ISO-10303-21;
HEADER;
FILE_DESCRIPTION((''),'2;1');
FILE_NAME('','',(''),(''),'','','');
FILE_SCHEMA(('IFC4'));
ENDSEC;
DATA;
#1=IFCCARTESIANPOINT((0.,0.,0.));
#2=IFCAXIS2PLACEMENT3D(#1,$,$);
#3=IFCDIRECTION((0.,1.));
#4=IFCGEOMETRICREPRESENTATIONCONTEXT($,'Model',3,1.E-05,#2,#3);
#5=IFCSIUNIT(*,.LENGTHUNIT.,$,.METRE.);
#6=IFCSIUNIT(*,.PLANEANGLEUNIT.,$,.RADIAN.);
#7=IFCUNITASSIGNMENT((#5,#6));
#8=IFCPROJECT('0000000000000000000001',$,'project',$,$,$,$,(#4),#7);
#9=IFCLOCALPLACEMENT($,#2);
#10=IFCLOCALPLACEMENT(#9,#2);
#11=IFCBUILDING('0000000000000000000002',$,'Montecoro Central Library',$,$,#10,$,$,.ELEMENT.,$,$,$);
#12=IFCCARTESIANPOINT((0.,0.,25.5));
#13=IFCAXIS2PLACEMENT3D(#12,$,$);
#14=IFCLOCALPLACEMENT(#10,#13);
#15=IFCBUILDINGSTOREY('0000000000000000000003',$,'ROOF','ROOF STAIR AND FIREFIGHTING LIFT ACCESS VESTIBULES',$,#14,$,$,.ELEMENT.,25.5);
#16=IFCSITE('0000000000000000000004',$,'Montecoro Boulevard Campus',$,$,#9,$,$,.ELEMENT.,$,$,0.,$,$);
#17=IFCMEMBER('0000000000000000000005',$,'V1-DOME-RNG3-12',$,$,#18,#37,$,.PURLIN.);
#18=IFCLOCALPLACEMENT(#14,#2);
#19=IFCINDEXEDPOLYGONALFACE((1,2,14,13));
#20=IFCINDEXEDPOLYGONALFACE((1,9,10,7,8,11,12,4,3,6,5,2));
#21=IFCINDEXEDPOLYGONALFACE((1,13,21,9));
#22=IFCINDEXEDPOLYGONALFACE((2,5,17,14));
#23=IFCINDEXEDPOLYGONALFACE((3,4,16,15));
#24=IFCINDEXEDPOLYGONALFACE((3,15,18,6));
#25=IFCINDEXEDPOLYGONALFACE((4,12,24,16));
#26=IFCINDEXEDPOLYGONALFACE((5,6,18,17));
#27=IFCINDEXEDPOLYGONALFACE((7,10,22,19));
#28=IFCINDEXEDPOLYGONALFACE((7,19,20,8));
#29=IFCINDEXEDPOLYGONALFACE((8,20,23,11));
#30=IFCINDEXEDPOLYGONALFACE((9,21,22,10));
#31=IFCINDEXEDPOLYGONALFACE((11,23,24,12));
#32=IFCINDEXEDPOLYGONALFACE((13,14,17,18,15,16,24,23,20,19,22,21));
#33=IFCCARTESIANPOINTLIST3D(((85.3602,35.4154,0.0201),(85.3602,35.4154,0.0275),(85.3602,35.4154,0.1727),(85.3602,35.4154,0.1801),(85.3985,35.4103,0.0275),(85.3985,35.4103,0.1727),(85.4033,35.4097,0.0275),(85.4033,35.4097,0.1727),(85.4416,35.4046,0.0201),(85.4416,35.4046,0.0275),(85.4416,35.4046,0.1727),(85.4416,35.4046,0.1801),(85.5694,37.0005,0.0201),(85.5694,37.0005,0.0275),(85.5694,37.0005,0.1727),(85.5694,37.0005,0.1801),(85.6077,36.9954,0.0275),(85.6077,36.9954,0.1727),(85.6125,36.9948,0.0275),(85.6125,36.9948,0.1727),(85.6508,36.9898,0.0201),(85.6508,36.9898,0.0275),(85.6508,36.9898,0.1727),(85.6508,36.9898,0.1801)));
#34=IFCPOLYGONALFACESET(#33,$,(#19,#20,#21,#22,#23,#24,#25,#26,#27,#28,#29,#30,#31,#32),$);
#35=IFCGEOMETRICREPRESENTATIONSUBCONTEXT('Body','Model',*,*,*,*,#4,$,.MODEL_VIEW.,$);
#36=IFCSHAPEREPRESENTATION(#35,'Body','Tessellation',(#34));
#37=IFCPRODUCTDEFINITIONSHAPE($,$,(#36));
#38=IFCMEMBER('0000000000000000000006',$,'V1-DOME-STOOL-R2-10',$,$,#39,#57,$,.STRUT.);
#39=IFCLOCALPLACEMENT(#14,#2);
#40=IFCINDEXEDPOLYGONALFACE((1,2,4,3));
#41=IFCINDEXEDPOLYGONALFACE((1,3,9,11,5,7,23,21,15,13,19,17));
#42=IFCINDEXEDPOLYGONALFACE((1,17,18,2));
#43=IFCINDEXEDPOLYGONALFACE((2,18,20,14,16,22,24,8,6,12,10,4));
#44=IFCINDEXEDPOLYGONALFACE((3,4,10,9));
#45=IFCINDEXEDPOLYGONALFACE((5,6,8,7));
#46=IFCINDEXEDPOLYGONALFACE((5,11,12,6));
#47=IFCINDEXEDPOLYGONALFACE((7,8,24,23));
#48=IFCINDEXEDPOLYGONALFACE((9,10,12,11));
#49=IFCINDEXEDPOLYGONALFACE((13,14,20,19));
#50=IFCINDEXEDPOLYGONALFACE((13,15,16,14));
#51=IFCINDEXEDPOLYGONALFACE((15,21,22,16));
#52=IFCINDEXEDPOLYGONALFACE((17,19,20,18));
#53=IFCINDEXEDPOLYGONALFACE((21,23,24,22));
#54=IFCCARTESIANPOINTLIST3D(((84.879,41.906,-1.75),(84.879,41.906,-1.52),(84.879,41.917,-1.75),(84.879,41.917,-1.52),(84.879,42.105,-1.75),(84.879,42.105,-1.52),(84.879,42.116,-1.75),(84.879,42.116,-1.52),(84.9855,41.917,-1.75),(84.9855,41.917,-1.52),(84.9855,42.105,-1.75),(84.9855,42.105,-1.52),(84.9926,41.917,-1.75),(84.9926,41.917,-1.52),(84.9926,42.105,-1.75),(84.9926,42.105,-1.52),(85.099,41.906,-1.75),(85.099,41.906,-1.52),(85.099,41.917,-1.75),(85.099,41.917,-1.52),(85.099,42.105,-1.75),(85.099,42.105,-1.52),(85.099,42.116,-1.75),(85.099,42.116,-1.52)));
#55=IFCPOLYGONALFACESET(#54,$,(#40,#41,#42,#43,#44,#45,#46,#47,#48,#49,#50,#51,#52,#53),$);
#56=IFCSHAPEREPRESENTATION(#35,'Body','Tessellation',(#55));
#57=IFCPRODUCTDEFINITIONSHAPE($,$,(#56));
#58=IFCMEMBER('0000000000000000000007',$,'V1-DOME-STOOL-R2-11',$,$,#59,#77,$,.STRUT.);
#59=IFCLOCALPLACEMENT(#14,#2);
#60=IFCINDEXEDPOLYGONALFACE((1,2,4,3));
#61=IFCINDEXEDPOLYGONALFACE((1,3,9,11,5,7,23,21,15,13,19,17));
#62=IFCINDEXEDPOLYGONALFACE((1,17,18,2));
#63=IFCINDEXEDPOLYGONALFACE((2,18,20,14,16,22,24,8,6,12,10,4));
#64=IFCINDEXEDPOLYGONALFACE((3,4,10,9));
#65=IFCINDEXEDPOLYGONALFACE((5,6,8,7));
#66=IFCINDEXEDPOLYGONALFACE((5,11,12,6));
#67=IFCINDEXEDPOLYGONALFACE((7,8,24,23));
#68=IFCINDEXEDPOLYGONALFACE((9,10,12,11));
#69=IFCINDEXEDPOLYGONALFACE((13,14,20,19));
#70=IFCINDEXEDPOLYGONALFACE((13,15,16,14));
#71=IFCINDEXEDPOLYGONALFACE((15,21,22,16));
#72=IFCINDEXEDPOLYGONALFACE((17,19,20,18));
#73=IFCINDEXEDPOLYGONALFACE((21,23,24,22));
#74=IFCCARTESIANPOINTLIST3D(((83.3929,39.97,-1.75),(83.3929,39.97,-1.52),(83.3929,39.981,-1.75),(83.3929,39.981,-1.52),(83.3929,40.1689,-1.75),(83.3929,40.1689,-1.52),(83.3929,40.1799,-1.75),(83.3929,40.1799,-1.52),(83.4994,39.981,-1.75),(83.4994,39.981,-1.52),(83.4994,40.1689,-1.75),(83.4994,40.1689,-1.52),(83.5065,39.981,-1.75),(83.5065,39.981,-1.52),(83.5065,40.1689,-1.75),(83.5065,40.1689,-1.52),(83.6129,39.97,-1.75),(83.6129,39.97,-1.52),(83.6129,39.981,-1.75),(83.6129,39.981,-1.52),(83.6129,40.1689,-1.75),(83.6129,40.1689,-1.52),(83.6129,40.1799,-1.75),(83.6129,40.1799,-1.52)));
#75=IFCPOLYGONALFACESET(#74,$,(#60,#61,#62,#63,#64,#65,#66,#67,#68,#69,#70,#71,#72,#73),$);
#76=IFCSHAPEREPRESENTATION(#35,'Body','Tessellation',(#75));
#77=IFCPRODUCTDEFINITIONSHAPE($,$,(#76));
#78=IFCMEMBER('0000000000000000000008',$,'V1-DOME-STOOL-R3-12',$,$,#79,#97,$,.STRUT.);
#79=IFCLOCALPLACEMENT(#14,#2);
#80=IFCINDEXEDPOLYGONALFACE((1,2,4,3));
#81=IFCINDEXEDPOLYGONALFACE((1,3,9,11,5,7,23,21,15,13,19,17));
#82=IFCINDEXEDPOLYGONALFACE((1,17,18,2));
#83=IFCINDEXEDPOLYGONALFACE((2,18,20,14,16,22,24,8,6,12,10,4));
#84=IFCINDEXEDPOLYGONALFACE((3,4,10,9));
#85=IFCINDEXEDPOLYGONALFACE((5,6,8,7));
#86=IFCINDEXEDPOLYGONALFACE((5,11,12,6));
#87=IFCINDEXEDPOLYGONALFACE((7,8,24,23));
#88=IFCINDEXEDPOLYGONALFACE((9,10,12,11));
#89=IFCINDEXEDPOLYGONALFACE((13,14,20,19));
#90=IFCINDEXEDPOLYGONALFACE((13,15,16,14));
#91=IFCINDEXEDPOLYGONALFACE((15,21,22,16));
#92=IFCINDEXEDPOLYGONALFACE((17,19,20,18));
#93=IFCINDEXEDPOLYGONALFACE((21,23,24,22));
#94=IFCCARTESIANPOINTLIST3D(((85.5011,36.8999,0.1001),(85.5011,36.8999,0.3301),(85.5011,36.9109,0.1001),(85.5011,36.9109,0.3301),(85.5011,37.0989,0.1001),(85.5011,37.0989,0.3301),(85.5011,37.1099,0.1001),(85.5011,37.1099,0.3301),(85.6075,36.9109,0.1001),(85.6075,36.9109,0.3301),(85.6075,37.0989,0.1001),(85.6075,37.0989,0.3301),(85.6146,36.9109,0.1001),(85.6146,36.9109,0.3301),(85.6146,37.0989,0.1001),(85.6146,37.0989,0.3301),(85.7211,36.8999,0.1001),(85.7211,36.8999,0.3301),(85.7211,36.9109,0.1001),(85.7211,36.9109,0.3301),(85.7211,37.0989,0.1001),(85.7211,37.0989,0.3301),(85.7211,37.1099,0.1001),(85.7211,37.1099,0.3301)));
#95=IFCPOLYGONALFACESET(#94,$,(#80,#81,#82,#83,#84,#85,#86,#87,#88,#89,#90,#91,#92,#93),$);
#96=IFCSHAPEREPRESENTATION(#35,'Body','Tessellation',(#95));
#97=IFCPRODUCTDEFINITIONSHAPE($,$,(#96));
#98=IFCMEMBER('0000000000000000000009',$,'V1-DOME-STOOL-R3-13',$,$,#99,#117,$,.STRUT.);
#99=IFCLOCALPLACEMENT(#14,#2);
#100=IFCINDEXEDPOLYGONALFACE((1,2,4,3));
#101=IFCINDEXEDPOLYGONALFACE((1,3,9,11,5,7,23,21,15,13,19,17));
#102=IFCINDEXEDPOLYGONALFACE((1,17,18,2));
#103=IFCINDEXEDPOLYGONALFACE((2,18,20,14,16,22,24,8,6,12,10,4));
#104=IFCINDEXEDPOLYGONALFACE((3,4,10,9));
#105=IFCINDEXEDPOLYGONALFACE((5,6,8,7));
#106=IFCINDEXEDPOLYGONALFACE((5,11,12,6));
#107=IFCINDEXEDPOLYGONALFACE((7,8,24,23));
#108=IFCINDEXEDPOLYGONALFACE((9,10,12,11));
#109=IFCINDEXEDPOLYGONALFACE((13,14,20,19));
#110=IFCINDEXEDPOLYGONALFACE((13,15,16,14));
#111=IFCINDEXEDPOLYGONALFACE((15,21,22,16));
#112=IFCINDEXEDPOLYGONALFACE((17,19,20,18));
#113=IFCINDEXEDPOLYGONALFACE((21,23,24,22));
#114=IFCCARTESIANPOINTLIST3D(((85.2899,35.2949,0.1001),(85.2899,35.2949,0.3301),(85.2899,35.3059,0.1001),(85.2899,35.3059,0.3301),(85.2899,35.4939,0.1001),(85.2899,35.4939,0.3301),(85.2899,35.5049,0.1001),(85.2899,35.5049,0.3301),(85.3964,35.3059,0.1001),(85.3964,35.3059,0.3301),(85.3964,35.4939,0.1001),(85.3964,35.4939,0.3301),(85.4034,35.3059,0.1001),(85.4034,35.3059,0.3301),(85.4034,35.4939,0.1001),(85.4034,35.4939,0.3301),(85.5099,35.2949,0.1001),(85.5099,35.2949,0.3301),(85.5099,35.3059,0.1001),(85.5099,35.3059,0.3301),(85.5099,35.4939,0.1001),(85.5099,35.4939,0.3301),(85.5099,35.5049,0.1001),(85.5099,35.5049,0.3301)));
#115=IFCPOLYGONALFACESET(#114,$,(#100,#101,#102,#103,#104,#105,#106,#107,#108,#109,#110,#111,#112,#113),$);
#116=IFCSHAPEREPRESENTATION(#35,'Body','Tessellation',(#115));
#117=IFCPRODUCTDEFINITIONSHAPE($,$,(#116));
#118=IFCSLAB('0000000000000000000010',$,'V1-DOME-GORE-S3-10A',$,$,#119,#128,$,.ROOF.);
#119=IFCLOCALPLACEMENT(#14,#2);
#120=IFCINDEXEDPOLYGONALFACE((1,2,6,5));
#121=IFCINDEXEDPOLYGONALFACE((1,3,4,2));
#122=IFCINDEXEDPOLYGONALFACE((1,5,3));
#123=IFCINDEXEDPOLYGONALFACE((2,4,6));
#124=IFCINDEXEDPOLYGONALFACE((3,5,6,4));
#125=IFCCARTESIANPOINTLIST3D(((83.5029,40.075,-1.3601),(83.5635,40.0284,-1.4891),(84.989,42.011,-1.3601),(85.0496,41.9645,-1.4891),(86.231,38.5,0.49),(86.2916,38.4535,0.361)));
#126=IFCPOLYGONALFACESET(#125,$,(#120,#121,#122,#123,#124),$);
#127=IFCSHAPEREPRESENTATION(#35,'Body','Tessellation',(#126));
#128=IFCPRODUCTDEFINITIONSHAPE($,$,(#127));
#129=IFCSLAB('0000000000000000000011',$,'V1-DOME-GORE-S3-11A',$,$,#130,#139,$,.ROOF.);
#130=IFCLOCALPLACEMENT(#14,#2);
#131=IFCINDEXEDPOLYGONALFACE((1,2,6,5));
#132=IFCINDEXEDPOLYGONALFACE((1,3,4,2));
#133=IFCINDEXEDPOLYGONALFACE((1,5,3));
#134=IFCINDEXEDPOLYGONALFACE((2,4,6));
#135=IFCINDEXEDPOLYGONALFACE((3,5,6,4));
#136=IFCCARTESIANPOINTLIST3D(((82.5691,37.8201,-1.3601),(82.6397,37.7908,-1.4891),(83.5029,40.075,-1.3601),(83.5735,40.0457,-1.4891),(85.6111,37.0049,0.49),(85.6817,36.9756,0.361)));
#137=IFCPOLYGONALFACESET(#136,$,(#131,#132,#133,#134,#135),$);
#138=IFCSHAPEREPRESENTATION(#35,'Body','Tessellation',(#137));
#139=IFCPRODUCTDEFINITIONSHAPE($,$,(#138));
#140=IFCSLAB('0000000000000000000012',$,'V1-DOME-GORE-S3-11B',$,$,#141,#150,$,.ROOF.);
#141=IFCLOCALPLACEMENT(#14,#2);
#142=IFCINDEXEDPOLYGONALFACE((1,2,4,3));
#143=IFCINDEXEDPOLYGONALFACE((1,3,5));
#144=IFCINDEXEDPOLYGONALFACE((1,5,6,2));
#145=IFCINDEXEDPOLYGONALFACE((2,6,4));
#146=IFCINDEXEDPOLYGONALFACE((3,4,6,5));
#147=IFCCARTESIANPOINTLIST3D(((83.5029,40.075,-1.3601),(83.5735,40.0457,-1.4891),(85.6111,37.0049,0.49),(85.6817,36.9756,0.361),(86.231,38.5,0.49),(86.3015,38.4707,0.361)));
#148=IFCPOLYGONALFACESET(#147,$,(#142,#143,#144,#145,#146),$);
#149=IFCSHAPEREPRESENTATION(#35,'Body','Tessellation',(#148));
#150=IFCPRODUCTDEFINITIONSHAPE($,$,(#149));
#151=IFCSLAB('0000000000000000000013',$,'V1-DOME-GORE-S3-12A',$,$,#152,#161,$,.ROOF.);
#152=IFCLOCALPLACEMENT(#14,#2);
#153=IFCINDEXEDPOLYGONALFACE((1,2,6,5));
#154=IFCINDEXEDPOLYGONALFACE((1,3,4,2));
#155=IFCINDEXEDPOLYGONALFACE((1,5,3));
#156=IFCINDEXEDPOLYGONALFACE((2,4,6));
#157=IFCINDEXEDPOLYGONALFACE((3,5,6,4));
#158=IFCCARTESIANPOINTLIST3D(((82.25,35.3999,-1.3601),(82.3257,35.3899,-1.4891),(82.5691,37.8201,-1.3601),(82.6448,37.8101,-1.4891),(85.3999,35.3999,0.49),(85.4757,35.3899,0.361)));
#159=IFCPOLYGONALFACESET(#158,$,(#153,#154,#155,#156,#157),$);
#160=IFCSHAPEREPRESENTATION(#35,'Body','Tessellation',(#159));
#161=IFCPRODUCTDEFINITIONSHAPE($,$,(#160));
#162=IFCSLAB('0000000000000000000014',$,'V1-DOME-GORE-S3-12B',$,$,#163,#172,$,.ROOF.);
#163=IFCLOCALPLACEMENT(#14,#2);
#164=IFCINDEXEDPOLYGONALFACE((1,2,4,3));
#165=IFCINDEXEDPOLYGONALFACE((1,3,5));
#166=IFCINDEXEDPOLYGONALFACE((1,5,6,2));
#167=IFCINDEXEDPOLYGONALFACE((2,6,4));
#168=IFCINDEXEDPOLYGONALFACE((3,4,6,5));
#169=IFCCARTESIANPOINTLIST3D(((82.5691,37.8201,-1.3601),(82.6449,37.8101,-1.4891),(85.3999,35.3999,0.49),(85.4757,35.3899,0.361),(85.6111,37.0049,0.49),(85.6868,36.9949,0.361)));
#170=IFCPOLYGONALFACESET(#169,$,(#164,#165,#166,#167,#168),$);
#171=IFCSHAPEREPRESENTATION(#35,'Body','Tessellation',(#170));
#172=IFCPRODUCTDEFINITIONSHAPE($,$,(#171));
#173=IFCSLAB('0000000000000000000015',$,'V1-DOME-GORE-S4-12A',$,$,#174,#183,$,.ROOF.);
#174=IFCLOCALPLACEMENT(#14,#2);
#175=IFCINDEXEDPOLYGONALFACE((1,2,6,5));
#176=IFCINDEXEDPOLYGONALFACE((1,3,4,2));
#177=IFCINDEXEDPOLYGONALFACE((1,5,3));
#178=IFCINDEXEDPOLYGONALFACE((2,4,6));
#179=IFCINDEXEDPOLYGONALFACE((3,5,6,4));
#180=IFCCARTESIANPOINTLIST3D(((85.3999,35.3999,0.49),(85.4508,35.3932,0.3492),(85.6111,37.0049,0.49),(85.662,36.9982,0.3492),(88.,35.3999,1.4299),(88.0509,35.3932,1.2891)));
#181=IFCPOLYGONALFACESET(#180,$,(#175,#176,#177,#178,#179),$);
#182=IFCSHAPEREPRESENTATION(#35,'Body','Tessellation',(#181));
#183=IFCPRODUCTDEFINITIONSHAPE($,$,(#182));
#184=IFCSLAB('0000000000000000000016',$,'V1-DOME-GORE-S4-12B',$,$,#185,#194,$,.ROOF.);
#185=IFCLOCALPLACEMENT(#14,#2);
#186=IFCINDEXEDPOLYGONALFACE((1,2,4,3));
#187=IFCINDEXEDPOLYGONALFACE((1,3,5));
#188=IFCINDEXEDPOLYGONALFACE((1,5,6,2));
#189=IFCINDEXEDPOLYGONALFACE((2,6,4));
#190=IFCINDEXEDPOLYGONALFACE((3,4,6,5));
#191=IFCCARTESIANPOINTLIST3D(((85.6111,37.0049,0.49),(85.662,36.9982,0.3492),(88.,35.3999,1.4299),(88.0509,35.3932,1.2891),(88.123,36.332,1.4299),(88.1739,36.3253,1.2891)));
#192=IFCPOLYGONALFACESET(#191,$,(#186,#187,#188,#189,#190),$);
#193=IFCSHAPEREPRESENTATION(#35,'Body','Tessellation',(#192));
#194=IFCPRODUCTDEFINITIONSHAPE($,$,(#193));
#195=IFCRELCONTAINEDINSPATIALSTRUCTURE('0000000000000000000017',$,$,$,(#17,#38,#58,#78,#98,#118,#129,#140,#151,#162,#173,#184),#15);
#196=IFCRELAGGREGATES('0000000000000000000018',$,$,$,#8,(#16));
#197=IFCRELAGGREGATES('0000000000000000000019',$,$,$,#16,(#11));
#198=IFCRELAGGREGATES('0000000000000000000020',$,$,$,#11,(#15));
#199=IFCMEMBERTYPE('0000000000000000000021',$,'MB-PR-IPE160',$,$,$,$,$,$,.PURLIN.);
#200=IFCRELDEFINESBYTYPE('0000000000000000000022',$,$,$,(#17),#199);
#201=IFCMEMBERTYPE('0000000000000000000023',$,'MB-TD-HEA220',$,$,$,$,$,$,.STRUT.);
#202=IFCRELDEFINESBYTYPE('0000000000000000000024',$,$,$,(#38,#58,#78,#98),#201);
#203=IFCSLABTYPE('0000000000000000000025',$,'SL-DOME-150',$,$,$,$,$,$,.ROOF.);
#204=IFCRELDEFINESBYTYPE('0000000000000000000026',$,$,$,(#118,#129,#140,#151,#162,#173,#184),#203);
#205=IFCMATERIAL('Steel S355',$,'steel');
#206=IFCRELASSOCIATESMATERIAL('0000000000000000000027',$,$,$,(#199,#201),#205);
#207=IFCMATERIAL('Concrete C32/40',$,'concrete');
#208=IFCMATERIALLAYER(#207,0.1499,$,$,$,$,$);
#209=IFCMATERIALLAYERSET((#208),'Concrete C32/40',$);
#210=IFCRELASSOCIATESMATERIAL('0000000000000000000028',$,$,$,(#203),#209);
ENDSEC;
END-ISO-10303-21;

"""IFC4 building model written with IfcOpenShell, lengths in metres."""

from ifc_helpers import new_model, si_unit, direction, frame, origin, origin_2d, place, context, subcontext, project, spatial, polyline, i_section, outline, extrude, material, layer, layer_set, material_profile, profile_set, type_object, element, save


model = new_model("IFC4")

# Units and contexts
model_context = context("Model", 3, precision=1e-05, world=origin(), true_north=direction((0.0, 1.0)))
body_context = subcontext(model_context, "Body", "Model", "MODEL_VIEW")
ifc_project = project(units=[si_unit("LENGTHUNIT", "METRE"), si_unit("PLANEANGLEUNIT", "RADIAN")], contexts=[model_context])

# Site, building, storey
site_placement = place(None, origin())
site = spatial("IfcSite", under=ifc_project, at=site_placement, Name="Montecoro Boulevard Campus", CompositionType="ELEMENT", RefElevation=0.0)
building_placement = place(site_placement, origin())
building = spatial("IfcBuilding", under=site, at=building_placement, Name="Montecoro Central Library", CompositionType="ELEMENT")
storey_placement = place(building_placement, frame((0.0, 0.0, 25.5)))
storey = spatial("IfcBuildingStorey", under=building, at=storey_placement, Name="ROOF", Description="ROOF STAIR AND FIREFIGHTING LIFT ACCESS VESTIBULES", CompositionType="ELEMENT", Elevation=25.5)

# Members
ifc_material_1 = material(Name="Steel S355", Category="steel")
ifc_material_profile_1 = material_profile(ifc_material_1, i_section(OverallWidth=0.082, OverallDepth=0.1599, WebThickness=0.0049, FlangeThickness=0.0073, at=origin_2d()), Name="IPE 160")
ifc_profile_set_1 = profile_set([ifc_material_profile_1], Name="Steel S355")
member_type_1 = type_object("IfcMemberType", Name="MB-PR-IPE160", PredefinedType="PURLIN", material=ifc_profile_set_1)
member_1_placement = place(storey_placement, frame((85.6101, 36.9951, 0.1001), z_axis=(-0.130853, -0.991402, 0.0), x_axis=(0.991402, -0.130853, 0.0)))
element("IfcMember", 1, at=member_1_placement, inside=storey, type_object=member_type_1, Name="V1-DOME-RNG3-12", PredefinedType="PURLIN", context=body_context, shape_type="SweptSolid", body=[
    extrude(i_section(OverallWidth=0.082, OverallDepth=0.1599, WebThickness=0.0049, FlangeThickness=0.0073, at=origin_2d()), origin(), (0.0, 0.0, 1.0), 1.5989),
])
ifc_material_profile_2 = material_profile(ifc_material_1, i_section(OverallWidth=0.22, OverallDepth=0.21, WebThickness=0.0071, FlangeThickness=0.011, at=origin_2d()), Name="HEA 220")
ifc_profile_set_2 = profile_set([ifc_material_profile_2], Name="Steel S355")
member_type_2 = type_object("IfcMemberType", Name="MB-TD-HEA220", PredefinedType="STRUT", material=ifc_profile_set_2)
for number, where, z_axis, x_axis, name in (
    (2, (84.989, 42.011, -1.75), (0.0, 0.0, 1.0), (1.0, 0.0, 0.0), "V1-DOME-STOOL-R2-10"),
    (3, (83.5029, 40.075, -1.75), (0.0, 0.0, 1.0), (1.0, 0.0, 0.0), "V1-DOME-STOOL-R2-11"),
    (4, (85.6111, 37.0049, 0.1001), (0.0, 0.0, 1.0), (1.0, 0.0, 0.0), "V1-DOME-STOOL-R3-12"),
    (5, (85.3999, 35.3999, 0.1001), (0.0, 0.0, 1.0), (1.0, 0.0, 0.0), "V1-DOME-STOOL-R3-13"),
):
    element("IfcMember", number, at=place(storey_placement, frame(where, z_axis=z_axis, x_axis=x_axis)), inside=storey, type_object=member_type_2, Name=name, PredefinedType="STRUT", context=body_context, shape_type="SweptSolid", body=[
        extrude(i_section(OverallWidth=0.22, OverallDepth=0.21, WebThickness=0.0071, FlangeThickness=0.011, at=origin_2d()), origin(), (0.0, 0.0, 1.0), 0.23),
    ])

# Slabs
ifc_material_2 = material(Name="Concrete C32/40", Category="concrete")
ifc_layer = layer(ifc_material_2, 0.1499)
ifc_layer_set = layer_set([ifc_layer], Name="Concrete C32/40")
slab_type = type_object("IfcSlabType", Name="SL-DOME-150", PredefinedType="ROOF", material=ifc_layer_set)
slab_1_placement = place(storey_placement, frame((84.989, 42.011, -1.3601), z_axis=(-0.404311, 0.310345, 0.86036), x_axis=(-0.608893, -0.793252, 0.0)))
element("IfcSlab", 6, at=slab_1_placement, inside=storey, type_object=slab_type, Name="V1-DOME-GORE-S3-10A", PredefinedType="ROOF", context=body_context, shape_type="SweptSolid", body=[
    extrude(outline(polyline([(0.0, 0.0), (2.4406, 0.0), (2.0289, 3.6299), (0.0, 0.0)])), origin(), (0.0, 0.0, -1.0), 0.1499),
])
slab_2_placement = place(storey_placement, frame((83.5029, 40.075, -1.3601), z_axis=(-0.470966, 0.195046, 0.860319), x_axis=(-0.382626, -0.923903, 0.0)))
element("IfcSlab", 7, at=slab_2_placement, inside=storey, type_object=slab_type, Name="V1-DOME-GORE-S3-11A", PredefinedType="ROOF", context=body_context, shape_type="SweptSolid", body=[
    extrude(outline(polyline([(0.0, 0.0), (2.4406, 0.0), (2.0298, 3.6294), (0.0, 0.0)])), origin(), (0.0, 0.0, -1.0), 0.1499),
])
slab_3_placement = place(storey_placement, frame((83.5029, 40.075, -1.3601), z_axis=(-0.470801, 0.195193, 0.860375), x_axis=(0.50696, -0.738277, 0.444903)))
element("IfcSlab", 8, at=slab_3_placement, inside=storey, type_object=slab_type, Name="V1-DOME-GORE-S3-11B", PredefinedType="ROOF", context=body_context, shape_type="SweptSolid", body=[
    extrude(outline(polyline([(0.0, 0.0), (4.1584, 0.0), (3.3689, 1.4129), (0.0, 0.0)])), origin(), (0.0, 0.0, -1.0), 0.1499),
])
slab_4_placement = place(storey_placement, frame((82.5691, 37.8201, -1.3601), z_axis=(-0.505328, 0.066626, 0.860351), x_axis=(-0.130716, -0.99142, 0.0)))
element("IfcSlab", 9, at=slab_4_placement, inside=storey, type_object=slab_type, Name="V1-DOME-GORE-S3-12A", PredefinedType="ROOF", context=body_context, shape_type="SweptSolid", body=[
    extrude(outline(polyline([(0.0, 0.0), (2.4411, 0.0), (2.0294, 3.6298), (0.0, 0.0)])), origin(), (0.0, 0.0, -1.0), 0.1499),
])
slab_5_placement = place(storey_placement, frame((82.5691, 37.8201, -1.3601), z_axis=(-0.50541, 0.066501, 0.860313), x_axis=(0.68072, -0.581973, 0.44489)))
element("IfcSlab", 10, at=slab_5_placement, inside=storey, type_object=slab_type, Name="V1-DOME-GORE-S3-12B", PredefinedType="ROOF", context=body_context, shape_type="SweptSolid", body=[
    extrude(outline(polyline([(0.0, 0.0), (4.1586, 0.0), (3.3683, 1.4128), (0.0, 0.0)])), origin(), (0.0, 0.0, -1.0), 0.1499),
])
slab_6_placement = place(storey_placement, frame((85.6111, 37.0049, 0.49), z_axis=(-0.33963, 0.044688, 0.939497), x_axis=(-0.130455, -0.991454, 0.0)))
element("IfcSlab", 11, at=slab_6_placement, inside=storey, type_object=slab_type, Name="V1-DOME-GORE-S4-12A", PredefinedType="ROOF", context=body_context, shape_type="SweptSolid", body=[
    extrude(outline(polyline([(0.0, 0.0), (1.6188, 0.0), (1.2796, 2.7439), (0.0, 0.0)])), origin(), (0.0, 0.0, -1.0), 0.1499),
])
slab_7_placement = place(storey_placement, frame((85.6111, 37.0049, 0.49), z_axis=(-0.339549, 0.044823, 0.93952), x_axis=(0.789046, -0.530116, 0.310457)))
element("IfcSlab", 12, at=slab_7_placement, inside=storey, type_object=slab_type, Name="V1-DOME-GORE-S4-12B", PredefinedType="ROOF", context=body_context, shape_type="SweptSolid", body=[
    extrude(outline(polyline([(0.0, 0.0), (3.0276, 0.0), (2.6306, 0.8523), (0.0, 0.0)])), origin(), (0.0, 0.0, -1.0), 0.1499),
])

save(model, "model.ifc")
